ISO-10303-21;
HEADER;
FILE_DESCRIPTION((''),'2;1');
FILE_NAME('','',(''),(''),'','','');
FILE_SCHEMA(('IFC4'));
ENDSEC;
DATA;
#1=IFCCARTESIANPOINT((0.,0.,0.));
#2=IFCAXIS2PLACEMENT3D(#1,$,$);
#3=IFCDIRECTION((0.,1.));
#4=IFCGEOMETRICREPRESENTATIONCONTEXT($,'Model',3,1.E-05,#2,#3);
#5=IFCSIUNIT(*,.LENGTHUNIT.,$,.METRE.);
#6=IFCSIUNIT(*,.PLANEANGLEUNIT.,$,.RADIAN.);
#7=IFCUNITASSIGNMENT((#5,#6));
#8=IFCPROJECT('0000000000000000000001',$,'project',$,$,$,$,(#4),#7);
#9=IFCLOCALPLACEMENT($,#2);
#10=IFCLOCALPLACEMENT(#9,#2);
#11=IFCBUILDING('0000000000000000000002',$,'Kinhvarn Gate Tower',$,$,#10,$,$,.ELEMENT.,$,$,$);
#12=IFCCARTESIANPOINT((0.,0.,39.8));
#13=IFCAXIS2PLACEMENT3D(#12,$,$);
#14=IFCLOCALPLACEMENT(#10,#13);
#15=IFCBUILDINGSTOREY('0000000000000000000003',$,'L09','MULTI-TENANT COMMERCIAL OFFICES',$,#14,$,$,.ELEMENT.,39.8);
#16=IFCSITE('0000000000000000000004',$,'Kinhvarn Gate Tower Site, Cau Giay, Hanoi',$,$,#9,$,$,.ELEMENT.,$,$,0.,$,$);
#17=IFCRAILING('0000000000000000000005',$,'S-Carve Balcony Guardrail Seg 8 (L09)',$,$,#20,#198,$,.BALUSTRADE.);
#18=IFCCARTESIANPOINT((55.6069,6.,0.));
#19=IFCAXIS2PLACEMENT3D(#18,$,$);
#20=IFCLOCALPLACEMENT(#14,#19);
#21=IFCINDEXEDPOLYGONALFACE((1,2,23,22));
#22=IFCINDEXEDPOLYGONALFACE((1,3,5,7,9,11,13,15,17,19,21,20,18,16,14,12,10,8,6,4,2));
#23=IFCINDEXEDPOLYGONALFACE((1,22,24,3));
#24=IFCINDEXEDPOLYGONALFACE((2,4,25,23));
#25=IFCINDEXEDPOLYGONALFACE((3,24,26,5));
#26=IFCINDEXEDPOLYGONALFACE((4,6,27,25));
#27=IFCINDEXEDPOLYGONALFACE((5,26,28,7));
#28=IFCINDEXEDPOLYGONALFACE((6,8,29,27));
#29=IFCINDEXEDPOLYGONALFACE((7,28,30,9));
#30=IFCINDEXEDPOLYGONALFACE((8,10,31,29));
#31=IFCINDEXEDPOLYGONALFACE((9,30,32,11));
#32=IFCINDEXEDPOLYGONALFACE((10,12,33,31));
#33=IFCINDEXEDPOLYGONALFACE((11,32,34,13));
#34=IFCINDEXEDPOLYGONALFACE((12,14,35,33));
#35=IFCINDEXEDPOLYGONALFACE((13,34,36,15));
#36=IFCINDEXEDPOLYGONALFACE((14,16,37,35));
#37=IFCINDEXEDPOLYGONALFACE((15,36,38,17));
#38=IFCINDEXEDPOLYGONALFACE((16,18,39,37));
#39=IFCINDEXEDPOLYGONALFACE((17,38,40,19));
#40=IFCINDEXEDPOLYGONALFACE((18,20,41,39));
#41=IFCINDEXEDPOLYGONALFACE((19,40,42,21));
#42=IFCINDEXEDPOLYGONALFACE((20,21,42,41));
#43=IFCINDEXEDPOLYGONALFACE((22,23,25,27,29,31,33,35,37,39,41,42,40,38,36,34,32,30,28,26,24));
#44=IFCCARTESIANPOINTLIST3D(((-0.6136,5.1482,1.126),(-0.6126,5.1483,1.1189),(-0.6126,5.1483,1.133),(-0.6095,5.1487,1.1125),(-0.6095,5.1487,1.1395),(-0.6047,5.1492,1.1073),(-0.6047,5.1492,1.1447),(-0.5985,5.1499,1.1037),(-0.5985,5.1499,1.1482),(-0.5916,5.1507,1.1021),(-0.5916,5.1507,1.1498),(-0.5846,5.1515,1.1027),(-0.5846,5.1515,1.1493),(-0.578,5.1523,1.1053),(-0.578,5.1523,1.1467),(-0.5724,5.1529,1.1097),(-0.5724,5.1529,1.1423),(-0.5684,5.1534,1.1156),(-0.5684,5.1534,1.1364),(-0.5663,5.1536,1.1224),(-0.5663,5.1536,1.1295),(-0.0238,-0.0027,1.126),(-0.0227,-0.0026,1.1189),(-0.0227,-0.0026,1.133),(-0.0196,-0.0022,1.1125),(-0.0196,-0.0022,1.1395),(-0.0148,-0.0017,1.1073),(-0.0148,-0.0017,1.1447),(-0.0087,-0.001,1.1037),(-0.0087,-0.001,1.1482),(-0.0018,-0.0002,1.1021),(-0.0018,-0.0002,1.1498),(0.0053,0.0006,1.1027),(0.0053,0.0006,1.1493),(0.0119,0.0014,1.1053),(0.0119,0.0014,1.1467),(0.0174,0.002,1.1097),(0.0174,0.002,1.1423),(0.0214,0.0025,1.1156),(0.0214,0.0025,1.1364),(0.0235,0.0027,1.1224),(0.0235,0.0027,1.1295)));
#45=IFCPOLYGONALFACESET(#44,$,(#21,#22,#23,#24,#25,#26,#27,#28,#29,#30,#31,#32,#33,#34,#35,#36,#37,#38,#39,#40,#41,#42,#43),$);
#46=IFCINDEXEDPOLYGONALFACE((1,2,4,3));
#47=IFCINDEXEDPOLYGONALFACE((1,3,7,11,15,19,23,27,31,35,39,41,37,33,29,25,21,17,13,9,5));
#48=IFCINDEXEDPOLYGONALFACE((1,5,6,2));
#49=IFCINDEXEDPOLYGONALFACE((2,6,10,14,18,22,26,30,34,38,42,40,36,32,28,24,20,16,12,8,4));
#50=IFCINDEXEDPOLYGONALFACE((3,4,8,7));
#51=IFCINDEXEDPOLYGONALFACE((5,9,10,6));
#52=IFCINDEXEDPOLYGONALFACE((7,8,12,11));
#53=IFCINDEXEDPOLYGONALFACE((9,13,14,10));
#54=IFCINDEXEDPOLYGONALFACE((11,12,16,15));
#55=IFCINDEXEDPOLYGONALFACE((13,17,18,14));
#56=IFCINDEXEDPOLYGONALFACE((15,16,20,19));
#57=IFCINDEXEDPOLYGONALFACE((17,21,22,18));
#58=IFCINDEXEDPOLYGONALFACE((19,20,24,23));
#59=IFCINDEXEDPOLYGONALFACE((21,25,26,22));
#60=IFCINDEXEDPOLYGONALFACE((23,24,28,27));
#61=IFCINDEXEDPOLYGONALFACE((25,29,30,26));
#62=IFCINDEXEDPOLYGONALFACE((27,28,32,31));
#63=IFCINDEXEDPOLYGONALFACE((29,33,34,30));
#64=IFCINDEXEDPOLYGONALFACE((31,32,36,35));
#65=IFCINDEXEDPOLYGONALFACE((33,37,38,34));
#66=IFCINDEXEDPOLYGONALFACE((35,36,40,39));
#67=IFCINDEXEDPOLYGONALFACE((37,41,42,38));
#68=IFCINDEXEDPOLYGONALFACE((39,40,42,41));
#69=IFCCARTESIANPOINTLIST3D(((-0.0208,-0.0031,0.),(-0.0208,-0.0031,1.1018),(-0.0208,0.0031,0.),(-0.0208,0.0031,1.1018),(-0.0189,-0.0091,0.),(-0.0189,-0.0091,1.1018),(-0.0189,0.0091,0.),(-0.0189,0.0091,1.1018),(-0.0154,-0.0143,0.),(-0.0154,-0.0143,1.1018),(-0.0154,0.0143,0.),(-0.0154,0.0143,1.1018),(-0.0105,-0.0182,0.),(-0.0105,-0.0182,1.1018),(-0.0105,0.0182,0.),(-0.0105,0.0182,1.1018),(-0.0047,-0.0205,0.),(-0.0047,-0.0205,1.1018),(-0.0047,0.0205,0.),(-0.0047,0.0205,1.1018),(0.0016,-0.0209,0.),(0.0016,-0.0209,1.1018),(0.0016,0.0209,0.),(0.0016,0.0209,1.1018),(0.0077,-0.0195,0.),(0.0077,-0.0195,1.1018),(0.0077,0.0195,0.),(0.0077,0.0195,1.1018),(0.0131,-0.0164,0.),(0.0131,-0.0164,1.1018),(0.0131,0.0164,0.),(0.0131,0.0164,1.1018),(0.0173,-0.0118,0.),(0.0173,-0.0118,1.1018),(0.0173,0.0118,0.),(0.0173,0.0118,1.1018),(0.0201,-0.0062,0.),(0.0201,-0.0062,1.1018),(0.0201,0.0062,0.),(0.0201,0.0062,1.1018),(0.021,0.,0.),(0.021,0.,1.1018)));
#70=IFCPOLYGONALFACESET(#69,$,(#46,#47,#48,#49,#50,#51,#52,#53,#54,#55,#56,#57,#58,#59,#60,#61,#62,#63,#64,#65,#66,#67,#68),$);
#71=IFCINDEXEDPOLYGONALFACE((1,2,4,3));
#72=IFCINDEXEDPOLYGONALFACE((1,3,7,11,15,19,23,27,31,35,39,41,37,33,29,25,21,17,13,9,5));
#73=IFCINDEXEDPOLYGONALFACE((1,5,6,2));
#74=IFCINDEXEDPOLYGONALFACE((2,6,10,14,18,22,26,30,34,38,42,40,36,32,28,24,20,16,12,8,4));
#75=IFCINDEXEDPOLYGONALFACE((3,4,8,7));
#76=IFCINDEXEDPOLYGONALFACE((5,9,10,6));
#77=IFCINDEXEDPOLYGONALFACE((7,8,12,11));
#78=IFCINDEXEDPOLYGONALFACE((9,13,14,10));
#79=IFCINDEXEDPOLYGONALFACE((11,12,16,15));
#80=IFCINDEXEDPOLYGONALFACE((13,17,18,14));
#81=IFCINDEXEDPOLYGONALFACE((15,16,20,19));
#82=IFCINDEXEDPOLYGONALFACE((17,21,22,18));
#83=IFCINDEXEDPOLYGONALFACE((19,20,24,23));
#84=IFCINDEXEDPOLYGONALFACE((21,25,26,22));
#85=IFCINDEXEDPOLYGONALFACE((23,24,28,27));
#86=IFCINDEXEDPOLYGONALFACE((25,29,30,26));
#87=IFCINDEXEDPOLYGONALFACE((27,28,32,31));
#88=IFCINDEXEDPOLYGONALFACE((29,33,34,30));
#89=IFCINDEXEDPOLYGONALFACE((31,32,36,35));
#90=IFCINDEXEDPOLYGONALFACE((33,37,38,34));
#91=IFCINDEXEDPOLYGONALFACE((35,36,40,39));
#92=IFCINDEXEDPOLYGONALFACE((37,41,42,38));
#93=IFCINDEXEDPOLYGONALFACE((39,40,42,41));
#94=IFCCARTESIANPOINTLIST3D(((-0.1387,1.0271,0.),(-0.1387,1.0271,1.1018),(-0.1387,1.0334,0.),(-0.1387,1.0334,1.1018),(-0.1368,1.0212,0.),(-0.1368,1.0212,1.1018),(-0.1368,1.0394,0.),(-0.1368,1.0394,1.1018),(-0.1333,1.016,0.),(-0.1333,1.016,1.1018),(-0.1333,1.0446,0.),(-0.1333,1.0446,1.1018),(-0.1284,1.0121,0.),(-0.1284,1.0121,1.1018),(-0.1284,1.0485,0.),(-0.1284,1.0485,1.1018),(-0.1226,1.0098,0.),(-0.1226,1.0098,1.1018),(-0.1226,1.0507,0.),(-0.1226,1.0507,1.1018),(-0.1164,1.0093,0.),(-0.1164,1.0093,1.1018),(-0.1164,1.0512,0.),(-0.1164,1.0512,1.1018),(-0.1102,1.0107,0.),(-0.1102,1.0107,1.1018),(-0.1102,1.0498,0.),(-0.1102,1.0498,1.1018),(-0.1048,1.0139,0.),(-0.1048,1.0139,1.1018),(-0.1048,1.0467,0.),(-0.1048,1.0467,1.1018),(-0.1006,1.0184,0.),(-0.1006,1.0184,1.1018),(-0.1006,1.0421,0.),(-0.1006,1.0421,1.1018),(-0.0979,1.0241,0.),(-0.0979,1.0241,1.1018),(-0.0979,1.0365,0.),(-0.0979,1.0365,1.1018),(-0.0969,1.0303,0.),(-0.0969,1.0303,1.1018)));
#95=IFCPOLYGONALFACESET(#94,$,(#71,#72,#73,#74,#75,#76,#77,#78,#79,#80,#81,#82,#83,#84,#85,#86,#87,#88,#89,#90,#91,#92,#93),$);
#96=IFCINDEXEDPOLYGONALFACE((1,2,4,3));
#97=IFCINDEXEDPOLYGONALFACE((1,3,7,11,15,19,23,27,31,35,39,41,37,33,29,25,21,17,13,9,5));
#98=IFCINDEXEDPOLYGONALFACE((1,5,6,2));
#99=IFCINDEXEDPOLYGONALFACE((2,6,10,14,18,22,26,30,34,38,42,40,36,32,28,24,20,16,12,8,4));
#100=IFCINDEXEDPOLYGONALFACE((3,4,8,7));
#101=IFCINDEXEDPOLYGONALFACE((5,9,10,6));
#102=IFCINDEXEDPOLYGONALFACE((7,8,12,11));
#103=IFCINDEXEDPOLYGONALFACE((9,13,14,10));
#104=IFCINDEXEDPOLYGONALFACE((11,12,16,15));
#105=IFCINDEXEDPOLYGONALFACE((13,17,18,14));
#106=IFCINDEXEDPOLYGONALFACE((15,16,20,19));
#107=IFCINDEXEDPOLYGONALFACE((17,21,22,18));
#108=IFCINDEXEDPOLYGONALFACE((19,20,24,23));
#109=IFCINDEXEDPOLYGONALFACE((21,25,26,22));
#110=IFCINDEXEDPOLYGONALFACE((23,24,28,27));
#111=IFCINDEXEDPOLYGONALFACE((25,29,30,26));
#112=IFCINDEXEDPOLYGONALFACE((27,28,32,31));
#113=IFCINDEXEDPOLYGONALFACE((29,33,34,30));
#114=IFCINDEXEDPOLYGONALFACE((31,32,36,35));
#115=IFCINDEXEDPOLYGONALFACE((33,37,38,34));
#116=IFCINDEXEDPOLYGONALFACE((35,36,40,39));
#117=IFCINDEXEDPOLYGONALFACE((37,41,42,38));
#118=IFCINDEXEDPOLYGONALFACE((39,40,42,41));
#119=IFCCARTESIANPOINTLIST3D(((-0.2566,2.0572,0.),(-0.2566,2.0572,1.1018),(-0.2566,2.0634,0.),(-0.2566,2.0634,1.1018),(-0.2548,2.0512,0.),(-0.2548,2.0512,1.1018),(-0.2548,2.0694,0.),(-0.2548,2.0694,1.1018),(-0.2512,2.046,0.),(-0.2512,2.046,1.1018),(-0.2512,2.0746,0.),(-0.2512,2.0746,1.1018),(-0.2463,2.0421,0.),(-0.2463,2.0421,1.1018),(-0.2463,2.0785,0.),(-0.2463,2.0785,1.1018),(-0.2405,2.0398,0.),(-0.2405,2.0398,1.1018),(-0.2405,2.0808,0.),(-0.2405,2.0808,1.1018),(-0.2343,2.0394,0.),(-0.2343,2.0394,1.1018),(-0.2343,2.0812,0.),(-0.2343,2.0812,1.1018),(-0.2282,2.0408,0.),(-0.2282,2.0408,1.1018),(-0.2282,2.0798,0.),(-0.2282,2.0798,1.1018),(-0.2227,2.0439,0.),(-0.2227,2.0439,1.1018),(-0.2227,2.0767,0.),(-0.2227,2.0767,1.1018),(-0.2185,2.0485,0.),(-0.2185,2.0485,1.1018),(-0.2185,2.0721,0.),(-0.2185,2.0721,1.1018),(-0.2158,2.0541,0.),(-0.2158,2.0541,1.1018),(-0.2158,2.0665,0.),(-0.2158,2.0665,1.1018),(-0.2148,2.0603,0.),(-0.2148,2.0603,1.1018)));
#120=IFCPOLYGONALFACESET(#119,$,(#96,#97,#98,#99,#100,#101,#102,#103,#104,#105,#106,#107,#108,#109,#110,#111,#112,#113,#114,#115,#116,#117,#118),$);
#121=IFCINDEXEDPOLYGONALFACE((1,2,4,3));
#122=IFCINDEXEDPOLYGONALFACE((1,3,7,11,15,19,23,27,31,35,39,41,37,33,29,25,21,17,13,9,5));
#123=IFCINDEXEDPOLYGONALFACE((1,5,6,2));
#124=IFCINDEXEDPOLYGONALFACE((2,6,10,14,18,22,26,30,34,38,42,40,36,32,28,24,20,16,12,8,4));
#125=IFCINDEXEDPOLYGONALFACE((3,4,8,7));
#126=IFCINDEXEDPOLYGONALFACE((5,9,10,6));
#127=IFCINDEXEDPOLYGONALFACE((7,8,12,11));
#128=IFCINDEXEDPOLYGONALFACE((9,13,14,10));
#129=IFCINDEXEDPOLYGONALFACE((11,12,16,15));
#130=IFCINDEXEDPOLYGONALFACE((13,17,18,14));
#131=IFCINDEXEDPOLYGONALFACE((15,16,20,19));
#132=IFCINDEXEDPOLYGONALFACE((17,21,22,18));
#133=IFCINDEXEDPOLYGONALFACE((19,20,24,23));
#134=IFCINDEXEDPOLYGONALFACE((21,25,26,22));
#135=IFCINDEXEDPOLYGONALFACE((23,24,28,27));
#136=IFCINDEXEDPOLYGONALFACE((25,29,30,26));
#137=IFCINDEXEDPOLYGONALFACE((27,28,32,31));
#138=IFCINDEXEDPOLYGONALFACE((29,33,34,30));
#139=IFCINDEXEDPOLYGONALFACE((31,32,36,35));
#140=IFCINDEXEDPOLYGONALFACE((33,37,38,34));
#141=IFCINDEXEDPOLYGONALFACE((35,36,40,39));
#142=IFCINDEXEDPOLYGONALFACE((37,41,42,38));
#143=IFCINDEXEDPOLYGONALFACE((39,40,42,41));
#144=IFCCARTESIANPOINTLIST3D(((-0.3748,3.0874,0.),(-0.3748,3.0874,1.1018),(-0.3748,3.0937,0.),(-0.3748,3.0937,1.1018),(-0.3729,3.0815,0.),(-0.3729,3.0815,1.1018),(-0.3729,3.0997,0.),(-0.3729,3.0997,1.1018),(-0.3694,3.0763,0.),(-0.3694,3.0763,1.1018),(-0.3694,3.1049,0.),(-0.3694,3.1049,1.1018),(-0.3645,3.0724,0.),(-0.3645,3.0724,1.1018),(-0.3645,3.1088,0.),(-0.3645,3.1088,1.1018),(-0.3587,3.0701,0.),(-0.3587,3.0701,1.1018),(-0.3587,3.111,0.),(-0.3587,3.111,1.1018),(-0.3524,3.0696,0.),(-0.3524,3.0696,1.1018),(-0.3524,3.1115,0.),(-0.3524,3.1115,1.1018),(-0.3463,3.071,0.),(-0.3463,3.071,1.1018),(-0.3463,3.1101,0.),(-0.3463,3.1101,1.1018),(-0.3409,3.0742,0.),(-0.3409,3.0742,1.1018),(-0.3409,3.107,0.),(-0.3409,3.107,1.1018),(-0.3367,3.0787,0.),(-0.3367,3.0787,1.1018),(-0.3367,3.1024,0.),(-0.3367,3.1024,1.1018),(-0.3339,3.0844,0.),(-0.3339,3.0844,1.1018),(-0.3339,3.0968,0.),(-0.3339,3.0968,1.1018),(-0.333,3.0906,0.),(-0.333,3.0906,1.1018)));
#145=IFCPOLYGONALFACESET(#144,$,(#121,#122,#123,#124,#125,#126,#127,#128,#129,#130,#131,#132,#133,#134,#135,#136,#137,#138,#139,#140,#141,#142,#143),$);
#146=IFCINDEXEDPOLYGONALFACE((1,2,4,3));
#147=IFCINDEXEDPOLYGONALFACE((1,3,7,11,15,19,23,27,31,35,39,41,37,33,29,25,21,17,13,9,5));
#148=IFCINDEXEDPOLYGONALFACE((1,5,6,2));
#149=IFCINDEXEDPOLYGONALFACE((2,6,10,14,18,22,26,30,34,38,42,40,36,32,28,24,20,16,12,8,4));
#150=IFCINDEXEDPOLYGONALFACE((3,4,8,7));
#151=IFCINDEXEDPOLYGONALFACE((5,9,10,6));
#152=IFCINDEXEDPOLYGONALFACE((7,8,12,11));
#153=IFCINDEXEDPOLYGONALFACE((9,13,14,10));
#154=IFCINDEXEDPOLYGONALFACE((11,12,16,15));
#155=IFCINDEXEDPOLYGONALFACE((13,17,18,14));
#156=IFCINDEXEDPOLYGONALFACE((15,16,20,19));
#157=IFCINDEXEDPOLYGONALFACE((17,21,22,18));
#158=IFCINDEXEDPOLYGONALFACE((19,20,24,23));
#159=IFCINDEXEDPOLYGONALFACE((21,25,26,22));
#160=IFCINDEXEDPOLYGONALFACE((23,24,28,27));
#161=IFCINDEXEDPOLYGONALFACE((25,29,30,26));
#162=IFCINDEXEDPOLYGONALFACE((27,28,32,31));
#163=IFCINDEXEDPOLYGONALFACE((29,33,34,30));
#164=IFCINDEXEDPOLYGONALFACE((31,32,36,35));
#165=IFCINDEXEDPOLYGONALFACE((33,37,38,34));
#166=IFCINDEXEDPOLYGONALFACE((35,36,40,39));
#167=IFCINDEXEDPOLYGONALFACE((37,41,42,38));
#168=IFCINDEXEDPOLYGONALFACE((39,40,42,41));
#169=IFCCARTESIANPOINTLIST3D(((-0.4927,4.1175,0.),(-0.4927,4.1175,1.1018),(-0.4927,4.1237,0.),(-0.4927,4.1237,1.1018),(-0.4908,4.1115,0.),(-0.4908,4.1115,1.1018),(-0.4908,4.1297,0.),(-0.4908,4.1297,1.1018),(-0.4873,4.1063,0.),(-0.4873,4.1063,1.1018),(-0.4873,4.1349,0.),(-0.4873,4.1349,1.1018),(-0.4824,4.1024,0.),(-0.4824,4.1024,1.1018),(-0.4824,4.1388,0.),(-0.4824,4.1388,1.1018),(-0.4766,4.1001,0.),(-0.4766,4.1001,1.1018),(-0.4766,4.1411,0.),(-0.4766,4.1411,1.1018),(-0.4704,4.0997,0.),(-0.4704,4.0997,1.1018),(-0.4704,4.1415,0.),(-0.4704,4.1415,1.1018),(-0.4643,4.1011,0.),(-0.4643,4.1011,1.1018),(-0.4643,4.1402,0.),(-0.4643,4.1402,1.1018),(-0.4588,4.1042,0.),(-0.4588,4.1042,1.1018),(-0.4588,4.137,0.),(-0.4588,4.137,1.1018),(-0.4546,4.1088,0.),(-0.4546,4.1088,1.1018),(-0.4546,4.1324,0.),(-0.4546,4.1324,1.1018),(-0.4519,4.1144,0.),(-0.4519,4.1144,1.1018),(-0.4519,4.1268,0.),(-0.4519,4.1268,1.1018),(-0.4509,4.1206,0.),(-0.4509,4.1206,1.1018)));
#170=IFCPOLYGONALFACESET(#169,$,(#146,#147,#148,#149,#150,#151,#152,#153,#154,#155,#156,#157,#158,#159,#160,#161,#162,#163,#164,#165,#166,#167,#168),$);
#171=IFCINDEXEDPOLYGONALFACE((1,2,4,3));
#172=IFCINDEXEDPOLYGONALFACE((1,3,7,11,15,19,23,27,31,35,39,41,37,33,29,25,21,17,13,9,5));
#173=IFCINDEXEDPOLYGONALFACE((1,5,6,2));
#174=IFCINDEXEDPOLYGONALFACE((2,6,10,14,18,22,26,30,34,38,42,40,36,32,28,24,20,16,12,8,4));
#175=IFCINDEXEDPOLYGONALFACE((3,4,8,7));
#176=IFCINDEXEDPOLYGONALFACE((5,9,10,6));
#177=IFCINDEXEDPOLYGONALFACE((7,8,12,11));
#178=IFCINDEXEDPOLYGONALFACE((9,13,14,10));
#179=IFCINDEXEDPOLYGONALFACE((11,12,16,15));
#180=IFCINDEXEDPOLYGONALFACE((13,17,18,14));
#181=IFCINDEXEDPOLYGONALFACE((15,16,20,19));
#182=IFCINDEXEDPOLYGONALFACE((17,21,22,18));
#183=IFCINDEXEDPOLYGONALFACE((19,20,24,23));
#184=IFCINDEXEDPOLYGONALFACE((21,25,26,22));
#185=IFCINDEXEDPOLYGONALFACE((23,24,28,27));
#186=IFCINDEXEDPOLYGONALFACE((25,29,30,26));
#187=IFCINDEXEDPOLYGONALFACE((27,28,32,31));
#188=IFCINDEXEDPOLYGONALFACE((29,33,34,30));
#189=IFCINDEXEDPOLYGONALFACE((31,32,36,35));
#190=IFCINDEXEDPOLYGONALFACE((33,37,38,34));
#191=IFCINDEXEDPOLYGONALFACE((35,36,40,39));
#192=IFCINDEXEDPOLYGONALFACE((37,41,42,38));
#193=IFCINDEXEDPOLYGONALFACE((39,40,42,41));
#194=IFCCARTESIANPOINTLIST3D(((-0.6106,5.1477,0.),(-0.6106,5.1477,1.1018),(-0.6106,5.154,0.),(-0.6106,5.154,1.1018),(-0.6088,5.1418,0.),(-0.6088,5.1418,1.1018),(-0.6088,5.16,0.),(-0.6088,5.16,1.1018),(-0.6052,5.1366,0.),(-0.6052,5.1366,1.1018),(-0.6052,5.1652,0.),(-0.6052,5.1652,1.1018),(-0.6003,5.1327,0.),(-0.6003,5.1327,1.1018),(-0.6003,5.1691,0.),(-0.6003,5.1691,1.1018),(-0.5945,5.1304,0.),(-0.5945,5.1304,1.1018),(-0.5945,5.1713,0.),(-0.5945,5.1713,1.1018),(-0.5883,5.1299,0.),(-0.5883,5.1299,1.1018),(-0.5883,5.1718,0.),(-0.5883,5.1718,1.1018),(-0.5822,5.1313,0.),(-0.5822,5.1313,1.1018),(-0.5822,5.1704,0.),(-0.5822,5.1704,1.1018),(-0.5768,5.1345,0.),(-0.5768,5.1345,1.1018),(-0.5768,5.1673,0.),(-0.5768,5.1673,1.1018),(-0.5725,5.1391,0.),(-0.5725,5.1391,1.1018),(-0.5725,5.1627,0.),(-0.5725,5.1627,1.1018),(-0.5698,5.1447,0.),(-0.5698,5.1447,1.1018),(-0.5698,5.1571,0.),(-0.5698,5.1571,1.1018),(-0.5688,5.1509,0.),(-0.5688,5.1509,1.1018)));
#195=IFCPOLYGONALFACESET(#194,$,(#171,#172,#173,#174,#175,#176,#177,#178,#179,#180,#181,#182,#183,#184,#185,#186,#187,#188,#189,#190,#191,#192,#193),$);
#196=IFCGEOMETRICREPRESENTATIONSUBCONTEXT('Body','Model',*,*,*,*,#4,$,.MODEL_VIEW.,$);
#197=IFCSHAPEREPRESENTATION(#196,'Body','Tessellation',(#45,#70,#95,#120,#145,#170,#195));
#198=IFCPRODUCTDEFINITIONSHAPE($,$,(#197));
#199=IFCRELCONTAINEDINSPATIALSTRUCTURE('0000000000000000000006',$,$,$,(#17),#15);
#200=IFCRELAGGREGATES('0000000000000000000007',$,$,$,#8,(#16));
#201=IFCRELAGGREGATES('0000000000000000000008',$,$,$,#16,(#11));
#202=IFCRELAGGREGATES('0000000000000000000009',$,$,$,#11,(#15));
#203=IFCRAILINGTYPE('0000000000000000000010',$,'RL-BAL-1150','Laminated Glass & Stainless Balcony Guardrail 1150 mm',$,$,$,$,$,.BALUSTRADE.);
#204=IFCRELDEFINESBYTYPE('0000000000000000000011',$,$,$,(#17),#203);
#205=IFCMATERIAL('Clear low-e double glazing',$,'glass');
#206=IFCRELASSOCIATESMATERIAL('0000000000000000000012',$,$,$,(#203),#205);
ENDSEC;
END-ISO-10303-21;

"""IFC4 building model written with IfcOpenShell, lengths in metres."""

from ifc_helpers import new_model, si_unit, direction, frame, origin, origin_2d, place, context, subcontext, project, spatial, circle, extrude, material, type_object, element, save


model = new_model("IFC4")

# Units and contexts
model_context = context("Model", 3, precision=1e-05, world=origin(), true_north=direction((0.0, 1.0)))
body_context = subcontext(model_context, "Body", "Model", "MODEL_VIEW")
ifc_project = project(units=[si_unit("LENGTHUNIT", "METRE"), si_unit("PLANEANGLEUNIT", "RADIAN")], contexts=[model_context])

# Site, building, storey
site_placement = place(None, origin())
site = spatial("IfcSite", under=ifc_project, at=site_placement, Name="Kinhvarn Gate Tower Site, Cau Giay, Hanoi", CompositionType="ELEMENT", RefElevation=0.0)
building_placement = place(site_placement, origin())
building = spatial("IfcBuilding", under=site, at=building_placement, Name="Kinhvarn Gate Tower", CompositionType="ELEMENT")
storey_placement = place(building_placement, frame((0.0, 0.0, 39.8)))
storey = spatial("IfcBuildingStorey", under=building, at=storey_placement, Name="L09", Description="MULTI-TENANT COMMERCIAL OFFICES", CompositionType="ELEMENT", Elevation=39.8)

# Shared definitions
ifc_material_1 = material(Name="Clear low-e double glazing", Category="glass")

# Railing
railing_type = type_object("IfcRailingType", Name="RL-BAL-1150", Description="Laminated Glass & Stainless Balcony Guardrail 1150 mm", PredefinedType="BALUSTRADE", material=ifc_material_1)
railing_1_placement = place(storey_placement, frame((55.6069, 6.0, 0.0)))
element("IfcRailing", 1, at=railing_1_placement, inside=storey, type_object=railing_type, Name="S-Carve Balcony Guardrail Seg 8 (L09)", PredefinedType="BALUSTRADE", context=body_context, shape_type="SweptSolid", body=[
    extrude(circle(Radius=0.0239, at=origin_2d()), frame((0.0, 0.0, 1.126), z_axis=(-0.11377, 0.993507, 0.0), x_axis=(-0.993507, -0.11377, 0.0)), (0.0, 0.0, 1.0), 5.1846),
    extrude(circle(Radius=0.021, at=origin_2d()), origin(), (0.0, 0.0, 1.0), 1.1018),
    extrude(circle(Radius=0.021, at=origin_2d()), frame((-0.1179, 1.0303, 0.0)), (0.0, 0.0, 1.0), 1.1018),
    extrude(circle(Radius=0.021, at=origin_2d()), frame((-0.2358, 2.0603, 0.0)), (0.0, 0.0, 1.0), 1.1018),
    extrude(circle(Radius=0.021, at=origin_2d()), frame((-0.354, 3.0906, 0.0)), (0.0, 0.0, 1.0), 1.1018),
    extrude(circle(Radius=0.021, at=origin_2d()), frame((-0.4719, 4.1206, 0.0)), (0.0, 0.0, 1.0), 1.1018),
    extrude(circle(Radius=0.021, at=origin_2d()), frame((-0.5898, 5.1509, 0.0)), (0.0, 0.0, 1.0), 1.1018),
])

save(model, "model.ifc")
